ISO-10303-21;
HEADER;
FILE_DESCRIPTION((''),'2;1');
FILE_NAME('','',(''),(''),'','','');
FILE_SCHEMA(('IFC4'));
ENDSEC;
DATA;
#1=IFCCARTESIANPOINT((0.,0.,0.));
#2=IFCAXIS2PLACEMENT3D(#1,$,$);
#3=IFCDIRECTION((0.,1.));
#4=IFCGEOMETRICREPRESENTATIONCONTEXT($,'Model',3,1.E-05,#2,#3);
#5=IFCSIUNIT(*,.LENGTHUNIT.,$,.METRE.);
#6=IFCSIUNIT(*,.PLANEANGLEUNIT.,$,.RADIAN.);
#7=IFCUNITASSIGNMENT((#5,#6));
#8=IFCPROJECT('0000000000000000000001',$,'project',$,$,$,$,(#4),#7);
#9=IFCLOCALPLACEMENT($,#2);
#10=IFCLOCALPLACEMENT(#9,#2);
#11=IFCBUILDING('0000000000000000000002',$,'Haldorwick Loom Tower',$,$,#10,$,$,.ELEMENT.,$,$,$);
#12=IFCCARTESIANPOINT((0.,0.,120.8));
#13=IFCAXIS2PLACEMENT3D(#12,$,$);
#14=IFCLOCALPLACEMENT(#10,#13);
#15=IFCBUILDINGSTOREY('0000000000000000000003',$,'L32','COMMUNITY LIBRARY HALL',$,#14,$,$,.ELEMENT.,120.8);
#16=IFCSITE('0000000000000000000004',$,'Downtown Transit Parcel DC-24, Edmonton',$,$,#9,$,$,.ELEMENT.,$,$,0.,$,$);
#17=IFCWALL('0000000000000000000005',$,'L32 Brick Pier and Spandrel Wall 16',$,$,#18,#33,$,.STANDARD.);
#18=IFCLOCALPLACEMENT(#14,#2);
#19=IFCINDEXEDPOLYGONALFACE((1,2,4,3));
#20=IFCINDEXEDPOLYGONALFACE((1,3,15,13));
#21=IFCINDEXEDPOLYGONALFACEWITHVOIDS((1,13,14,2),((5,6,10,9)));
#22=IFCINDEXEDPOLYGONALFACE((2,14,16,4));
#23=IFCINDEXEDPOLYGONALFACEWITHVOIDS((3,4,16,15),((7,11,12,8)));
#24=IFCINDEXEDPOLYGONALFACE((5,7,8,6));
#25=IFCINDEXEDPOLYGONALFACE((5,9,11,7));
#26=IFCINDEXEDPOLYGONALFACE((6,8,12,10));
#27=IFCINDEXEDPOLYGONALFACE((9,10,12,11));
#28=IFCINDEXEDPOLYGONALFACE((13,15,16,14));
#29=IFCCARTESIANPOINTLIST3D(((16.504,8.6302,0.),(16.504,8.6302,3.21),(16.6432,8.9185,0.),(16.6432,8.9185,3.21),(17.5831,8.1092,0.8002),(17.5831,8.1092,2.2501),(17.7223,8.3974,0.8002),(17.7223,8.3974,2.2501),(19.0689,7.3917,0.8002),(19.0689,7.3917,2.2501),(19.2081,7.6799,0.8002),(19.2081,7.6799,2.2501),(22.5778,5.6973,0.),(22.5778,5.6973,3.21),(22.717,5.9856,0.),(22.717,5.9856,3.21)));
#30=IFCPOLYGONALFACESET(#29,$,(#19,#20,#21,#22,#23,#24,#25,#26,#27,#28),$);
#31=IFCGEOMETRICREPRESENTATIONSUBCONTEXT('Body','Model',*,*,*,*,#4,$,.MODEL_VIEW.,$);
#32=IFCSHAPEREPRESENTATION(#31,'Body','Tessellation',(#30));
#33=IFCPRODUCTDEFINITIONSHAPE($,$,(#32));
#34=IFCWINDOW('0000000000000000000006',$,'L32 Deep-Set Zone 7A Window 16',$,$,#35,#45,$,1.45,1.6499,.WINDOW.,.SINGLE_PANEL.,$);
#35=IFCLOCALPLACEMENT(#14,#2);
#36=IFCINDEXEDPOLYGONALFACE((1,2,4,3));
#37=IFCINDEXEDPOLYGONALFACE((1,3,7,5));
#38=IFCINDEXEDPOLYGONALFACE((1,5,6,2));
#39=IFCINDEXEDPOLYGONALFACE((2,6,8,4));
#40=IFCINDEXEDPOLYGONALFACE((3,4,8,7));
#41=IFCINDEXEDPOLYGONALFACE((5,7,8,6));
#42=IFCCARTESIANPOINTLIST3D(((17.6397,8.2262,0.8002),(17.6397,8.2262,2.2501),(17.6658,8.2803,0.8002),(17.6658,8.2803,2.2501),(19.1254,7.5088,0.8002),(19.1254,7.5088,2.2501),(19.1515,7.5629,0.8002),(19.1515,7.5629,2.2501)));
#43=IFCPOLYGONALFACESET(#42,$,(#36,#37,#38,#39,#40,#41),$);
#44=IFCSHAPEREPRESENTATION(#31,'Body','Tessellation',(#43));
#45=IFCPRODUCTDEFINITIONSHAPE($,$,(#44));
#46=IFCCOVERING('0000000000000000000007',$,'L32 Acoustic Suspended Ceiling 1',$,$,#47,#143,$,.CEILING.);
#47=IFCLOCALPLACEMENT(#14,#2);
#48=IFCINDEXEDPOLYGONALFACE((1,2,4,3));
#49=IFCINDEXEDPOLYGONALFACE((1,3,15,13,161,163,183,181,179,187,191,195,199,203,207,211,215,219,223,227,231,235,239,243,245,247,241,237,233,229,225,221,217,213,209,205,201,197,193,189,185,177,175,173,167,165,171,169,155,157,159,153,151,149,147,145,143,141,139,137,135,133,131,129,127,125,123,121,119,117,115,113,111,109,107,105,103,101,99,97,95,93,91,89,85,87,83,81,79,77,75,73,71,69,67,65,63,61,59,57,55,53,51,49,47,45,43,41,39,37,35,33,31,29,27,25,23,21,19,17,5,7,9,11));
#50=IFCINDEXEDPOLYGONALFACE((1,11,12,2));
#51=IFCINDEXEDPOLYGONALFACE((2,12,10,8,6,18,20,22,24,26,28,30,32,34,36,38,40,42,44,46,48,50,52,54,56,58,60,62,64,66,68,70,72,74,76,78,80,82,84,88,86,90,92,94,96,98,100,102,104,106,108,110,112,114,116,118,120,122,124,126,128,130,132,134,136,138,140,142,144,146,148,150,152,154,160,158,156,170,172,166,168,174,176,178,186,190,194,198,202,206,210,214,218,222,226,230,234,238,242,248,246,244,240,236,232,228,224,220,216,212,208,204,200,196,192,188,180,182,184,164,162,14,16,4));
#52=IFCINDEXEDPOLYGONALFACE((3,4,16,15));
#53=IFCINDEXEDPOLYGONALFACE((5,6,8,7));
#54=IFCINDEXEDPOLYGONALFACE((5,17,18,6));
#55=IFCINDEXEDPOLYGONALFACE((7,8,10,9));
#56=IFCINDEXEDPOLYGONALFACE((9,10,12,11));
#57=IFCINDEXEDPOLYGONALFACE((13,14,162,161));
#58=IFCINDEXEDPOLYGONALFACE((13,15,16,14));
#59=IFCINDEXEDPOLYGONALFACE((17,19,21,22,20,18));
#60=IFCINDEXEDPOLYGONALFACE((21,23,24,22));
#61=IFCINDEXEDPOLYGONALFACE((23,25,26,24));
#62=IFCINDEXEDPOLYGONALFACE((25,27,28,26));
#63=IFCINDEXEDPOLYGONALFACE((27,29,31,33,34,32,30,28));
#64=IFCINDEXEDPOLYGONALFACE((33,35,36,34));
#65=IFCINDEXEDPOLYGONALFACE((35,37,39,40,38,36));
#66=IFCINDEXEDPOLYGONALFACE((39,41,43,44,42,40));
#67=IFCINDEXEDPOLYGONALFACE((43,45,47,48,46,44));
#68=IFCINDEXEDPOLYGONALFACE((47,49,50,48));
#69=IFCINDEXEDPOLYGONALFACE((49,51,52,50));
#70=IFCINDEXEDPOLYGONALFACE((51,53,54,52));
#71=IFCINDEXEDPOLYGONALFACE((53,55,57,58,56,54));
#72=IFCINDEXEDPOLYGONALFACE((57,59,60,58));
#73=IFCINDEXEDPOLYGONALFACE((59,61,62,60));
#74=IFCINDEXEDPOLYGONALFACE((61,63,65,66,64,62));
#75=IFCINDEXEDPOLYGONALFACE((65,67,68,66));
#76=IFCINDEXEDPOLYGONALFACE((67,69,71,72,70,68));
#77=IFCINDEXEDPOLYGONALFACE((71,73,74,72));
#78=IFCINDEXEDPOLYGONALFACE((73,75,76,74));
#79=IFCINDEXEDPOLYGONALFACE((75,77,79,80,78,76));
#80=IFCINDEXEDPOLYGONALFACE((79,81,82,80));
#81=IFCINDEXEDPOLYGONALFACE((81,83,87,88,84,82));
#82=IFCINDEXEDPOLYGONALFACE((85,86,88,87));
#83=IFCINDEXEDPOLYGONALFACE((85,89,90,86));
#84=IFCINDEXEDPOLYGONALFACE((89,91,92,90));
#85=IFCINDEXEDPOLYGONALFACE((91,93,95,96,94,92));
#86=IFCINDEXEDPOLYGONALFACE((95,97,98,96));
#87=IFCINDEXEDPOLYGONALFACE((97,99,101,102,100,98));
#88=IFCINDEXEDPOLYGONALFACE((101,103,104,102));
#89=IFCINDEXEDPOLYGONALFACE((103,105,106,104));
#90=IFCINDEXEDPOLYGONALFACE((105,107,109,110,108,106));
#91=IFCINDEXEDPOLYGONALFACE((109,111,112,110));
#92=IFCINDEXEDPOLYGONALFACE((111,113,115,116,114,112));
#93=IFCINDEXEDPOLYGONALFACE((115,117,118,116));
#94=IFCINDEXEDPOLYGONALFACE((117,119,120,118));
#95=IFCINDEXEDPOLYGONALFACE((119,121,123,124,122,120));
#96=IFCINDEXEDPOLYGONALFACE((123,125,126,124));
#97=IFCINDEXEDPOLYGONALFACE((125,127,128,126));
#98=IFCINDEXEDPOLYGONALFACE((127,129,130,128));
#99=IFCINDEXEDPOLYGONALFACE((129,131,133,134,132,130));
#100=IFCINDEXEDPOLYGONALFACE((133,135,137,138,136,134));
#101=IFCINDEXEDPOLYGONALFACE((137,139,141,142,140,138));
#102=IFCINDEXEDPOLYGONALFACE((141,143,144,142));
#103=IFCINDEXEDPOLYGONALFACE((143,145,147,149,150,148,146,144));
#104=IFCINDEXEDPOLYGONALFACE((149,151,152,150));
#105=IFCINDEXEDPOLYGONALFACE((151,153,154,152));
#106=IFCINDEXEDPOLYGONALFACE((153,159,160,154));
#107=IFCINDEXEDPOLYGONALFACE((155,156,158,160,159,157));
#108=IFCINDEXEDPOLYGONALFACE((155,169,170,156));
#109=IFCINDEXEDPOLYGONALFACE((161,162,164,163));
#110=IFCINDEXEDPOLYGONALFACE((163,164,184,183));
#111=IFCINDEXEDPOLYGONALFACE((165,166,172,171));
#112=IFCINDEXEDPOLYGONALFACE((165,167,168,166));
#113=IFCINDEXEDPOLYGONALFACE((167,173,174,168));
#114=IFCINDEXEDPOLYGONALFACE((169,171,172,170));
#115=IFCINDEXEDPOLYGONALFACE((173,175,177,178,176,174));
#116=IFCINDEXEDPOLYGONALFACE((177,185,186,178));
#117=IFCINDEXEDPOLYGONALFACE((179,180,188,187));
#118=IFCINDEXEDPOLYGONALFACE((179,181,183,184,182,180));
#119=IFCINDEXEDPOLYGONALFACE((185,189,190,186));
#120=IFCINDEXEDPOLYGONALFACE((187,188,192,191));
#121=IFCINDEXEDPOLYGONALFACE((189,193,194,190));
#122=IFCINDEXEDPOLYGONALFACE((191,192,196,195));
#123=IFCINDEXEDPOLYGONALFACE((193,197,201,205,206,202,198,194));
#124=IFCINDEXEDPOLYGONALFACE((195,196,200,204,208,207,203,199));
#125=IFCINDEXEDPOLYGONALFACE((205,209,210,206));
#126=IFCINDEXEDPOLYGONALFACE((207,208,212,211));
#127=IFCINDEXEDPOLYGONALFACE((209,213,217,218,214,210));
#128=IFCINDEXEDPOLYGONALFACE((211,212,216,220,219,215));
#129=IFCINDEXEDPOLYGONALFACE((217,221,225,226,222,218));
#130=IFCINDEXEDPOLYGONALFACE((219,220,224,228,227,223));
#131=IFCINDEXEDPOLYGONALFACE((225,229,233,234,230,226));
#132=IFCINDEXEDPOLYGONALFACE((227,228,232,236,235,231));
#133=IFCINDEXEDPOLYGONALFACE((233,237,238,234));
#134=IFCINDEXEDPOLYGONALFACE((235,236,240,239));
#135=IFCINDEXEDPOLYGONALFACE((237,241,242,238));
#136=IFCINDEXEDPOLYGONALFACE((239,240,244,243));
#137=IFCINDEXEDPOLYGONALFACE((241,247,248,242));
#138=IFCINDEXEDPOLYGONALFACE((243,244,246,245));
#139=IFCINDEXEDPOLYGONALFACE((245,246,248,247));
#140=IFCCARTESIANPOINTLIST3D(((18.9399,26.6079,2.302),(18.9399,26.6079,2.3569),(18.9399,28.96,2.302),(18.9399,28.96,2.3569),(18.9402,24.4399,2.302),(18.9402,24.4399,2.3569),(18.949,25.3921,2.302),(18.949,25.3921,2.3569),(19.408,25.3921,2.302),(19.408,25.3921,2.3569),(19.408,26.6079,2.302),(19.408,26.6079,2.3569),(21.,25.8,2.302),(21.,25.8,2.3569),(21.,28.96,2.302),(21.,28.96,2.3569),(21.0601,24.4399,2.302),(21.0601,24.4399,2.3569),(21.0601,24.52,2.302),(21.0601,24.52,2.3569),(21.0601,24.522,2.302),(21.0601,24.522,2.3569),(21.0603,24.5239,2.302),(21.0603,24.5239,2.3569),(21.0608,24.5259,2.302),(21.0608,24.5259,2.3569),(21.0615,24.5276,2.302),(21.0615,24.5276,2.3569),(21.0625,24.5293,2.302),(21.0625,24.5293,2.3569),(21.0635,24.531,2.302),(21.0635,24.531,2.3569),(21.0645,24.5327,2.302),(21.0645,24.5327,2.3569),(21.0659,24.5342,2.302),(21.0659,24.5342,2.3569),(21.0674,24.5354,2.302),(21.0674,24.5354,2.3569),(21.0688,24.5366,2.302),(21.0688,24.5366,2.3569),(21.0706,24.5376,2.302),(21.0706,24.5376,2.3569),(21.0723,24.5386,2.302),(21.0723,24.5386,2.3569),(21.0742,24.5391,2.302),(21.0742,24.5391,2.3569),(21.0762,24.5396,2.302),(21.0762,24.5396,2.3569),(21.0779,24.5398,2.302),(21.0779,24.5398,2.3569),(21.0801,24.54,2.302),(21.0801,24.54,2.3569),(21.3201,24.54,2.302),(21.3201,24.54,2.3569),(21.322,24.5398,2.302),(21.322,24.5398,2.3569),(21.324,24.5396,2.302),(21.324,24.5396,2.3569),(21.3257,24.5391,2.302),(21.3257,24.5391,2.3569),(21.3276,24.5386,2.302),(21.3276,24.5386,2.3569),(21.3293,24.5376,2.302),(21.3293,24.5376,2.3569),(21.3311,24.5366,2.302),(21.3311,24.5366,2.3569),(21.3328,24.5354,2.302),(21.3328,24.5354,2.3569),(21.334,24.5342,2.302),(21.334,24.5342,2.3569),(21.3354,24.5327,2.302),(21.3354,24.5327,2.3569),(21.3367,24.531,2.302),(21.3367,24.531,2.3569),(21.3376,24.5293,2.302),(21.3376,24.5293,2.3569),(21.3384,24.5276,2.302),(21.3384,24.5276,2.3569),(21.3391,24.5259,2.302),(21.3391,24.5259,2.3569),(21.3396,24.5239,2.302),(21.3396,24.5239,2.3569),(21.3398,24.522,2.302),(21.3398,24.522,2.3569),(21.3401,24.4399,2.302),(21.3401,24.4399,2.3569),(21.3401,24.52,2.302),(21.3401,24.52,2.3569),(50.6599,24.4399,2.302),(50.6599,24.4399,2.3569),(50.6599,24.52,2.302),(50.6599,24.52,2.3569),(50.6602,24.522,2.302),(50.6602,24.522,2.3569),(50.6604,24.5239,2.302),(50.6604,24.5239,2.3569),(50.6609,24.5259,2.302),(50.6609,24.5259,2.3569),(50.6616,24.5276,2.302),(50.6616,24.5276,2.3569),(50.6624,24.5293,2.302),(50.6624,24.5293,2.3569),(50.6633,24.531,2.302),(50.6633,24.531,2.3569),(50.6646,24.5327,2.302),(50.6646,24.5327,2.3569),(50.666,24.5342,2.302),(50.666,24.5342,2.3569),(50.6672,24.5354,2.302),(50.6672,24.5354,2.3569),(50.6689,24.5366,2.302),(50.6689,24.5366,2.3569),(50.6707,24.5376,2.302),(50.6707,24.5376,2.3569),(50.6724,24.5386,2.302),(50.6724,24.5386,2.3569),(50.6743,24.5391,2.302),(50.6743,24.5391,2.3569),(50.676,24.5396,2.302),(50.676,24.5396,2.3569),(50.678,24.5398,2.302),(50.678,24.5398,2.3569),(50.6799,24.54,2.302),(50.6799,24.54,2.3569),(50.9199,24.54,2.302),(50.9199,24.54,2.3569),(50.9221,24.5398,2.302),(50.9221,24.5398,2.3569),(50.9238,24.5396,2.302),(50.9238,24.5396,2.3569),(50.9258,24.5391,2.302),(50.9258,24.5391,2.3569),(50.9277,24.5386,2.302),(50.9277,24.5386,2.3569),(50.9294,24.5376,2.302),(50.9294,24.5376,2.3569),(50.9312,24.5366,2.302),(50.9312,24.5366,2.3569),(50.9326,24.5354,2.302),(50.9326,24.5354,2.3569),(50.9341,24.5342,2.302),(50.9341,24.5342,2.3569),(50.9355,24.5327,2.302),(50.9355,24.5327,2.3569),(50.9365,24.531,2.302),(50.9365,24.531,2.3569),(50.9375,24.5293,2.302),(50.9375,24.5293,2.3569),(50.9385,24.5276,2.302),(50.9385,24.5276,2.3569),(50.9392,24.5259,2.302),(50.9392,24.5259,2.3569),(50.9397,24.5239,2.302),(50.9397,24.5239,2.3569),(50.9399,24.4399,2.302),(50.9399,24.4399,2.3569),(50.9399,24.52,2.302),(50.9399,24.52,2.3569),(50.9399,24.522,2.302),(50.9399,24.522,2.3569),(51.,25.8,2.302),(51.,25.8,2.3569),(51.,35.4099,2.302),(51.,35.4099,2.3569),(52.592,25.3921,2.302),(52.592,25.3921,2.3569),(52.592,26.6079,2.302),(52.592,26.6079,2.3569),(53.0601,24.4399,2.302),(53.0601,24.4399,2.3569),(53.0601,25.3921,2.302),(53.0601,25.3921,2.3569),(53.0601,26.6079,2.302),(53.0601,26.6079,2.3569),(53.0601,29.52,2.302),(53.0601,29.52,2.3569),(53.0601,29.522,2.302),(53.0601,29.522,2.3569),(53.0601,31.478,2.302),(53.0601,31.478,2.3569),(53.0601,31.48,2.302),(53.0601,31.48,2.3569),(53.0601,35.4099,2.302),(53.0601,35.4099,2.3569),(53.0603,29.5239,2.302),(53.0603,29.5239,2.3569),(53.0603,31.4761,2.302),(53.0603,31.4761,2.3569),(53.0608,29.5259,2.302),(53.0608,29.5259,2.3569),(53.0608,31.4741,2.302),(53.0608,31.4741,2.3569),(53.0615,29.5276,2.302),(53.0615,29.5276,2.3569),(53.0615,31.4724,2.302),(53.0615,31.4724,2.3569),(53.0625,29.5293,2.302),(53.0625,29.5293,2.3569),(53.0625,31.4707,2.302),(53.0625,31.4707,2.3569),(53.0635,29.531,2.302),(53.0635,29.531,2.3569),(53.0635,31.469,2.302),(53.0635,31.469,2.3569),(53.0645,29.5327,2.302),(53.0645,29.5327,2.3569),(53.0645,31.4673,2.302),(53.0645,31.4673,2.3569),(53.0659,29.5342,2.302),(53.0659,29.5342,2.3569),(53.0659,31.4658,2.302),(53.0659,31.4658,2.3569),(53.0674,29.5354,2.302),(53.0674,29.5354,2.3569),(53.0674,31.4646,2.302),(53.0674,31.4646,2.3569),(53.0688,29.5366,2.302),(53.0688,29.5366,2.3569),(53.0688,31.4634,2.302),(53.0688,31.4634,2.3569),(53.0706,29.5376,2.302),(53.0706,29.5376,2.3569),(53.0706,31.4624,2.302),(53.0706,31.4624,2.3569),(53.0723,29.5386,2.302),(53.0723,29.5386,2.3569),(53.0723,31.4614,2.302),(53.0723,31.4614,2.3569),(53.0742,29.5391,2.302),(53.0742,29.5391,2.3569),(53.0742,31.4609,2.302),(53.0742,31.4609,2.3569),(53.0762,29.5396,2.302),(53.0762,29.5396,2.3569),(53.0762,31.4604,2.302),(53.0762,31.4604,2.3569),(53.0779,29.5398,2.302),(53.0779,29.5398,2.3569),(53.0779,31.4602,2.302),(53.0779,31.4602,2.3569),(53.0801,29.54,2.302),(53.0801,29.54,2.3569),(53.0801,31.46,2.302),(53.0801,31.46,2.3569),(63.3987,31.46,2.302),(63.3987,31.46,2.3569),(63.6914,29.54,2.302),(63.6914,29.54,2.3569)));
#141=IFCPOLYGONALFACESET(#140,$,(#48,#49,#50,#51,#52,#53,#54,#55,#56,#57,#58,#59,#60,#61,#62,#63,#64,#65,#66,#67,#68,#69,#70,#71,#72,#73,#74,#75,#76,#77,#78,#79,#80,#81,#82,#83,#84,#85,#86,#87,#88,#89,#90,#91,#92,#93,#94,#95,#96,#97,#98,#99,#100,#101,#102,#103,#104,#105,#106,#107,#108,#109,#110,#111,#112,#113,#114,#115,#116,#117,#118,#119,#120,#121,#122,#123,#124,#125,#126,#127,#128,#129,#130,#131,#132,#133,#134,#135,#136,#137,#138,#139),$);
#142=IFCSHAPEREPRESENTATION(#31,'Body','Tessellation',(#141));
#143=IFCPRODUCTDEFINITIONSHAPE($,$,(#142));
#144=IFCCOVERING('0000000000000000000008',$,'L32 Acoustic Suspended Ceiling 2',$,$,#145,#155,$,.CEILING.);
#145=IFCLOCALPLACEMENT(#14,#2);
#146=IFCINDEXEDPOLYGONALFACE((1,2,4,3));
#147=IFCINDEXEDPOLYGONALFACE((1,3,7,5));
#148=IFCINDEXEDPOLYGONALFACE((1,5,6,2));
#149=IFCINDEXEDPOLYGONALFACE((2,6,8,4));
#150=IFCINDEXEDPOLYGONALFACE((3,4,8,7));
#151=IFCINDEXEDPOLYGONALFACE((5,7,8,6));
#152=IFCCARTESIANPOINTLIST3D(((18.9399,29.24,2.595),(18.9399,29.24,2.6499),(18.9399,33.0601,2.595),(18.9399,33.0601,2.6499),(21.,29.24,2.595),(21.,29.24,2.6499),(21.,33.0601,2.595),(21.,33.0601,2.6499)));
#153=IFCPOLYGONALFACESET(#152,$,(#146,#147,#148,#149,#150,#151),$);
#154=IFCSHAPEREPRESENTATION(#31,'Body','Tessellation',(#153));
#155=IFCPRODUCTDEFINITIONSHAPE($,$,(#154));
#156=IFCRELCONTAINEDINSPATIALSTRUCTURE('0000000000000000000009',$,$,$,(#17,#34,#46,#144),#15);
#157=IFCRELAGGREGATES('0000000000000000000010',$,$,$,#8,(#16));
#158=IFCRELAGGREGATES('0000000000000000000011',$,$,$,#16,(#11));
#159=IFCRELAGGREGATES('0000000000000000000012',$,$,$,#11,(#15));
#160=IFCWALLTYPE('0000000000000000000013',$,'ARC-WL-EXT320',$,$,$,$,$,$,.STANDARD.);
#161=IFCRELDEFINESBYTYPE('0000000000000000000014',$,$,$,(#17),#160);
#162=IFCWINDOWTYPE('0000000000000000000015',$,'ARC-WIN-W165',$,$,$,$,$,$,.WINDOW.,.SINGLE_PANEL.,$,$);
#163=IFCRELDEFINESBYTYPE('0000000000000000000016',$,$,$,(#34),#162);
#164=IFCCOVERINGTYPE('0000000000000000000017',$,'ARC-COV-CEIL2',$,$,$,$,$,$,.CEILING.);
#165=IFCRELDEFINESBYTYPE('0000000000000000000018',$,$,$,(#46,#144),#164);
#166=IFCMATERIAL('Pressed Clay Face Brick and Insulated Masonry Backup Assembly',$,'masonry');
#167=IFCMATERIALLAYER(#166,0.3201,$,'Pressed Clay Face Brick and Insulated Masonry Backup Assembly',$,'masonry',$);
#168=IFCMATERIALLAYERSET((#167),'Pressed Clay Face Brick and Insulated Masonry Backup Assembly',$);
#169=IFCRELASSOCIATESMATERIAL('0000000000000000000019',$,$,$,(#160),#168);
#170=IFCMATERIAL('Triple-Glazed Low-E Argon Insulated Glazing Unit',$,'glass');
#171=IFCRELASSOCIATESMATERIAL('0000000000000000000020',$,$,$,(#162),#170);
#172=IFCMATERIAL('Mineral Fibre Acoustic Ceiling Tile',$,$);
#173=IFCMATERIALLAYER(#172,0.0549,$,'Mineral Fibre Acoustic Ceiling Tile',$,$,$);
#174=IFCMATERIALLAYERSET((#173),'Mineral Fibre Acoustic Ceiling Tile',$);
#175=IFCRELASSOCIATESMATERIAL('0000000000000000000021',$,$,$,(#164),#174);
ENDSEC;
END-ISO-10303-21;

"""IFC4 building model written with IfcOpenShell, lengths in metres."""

from ifc_helpers import new_model, si_unit, direction, frame, frame_2d, origin, place, context, subcontext, project, spatial, polyline, rectangle, outline, extrude, material, layer, layer_set, type_object, element, fill, save


model = new_model("IFC4")

# Units and contexts
model_context = context("Model", 3, precision=1e-05, world=origin(), true_north=direction((0.0, 1.0)))
body_context = subcontext(model_context, "Body", "Model", "MODEL_VIEW")
ifc_project = project(units=[si_unit("LENGTHUNIT", "METRE"), si_unit("PLANEANGLEUNIT", "RADIAN")], contexts=[model_context])

# Site, building, storey
site_placement = place(None, origin())
site = spatial("IfcSite", under=ifc_project, at=site_placement, Name="Downtown Transit Parcel DC-24, Edmonton", CompositionType="ELEMENT", RefElevation=0.0)
building_placement = place(site_placement, origin())
building = spatial("IfcBuilding", under=site, at=building_placement, Name="Haldorwick Loom Tower", CompositionType="ELEMENT")
storey_placement = place(building_placement, frame((0.0, 0.0, 120.8)))
storey = spatial("IfcBuildingStorey", under=building, at=storey_placement, Name="L32", Description="COMMUNITY LIBRARY HALL", CompositionType="ELEMENT", Elevation=120.8)

# Shared definitions
ifc_material_1 = material(Name="Pressed Clay Face Brick and Insulated Masonry Backup Assembly", Category="masonry")
ifc_layer_1 = layer(ifc_material_1, 0.3201, Name="Pressed Clay Face Brick and Insulated Masonry Backup Assembly", Category="masonry")
ifc_layer_set_1 = layer_set([ifc_layer_1], Name="Pressed Clay Face Brick and Insulated Masonry Backup Assembly")
wall_type = type_object("IfcWallType", Name="ARC-WL-EXT320", PredefinedType="STANDARD", material=ifc_layer_set_1)

# Wall, opening, window
wall_1_placement = place(storey_placement, frame((16.5735, 8.7744, 0.0), z_axis=(0.0, 0.0, 1.0), x_axis=(0.90051, -0.434835, 0.0)))
wall_1 = element("IfcWall", 1, at=wall_1_placement, inside=storey, type_object=wall_type, Name="L32 Brick Pier and Spandrel Wall 16", PredefinedType="STANDARD", context=body_context, shape_type="SweptSolid", body=[
    extrude(rectangle(XDim=6.7449, YDim=0.3201, at=frame_2d((3.3726, 0.0))), origin(), (0.0, 0.0, 1.0), 3.21),
])
opening_1_placement = place(wall_1_placement, frame((1.1985, 0.0, 0.8)))
opening_1 = element("IfcOpeningElement", 2, at=opening_1_placement, cuts=wall_1, PredefinedType="OPENING", context=body_context, shape_type="SweptSolid", body=[
    extrude(rectangle(XDim=1.6499, YDim=1.45, at=frame_2d((0.825, 0.7251))), frame((0.0, 0.1699, 0.0), z_axis=(0.0, -1.0, 0.0), x_axis=(1.0, 0.0, 0.0)), (0.0, 0.0, 1.0), 0.3401),
])
ifc_material_2 = material(Name="Triple-Glazed Low-E Argon Insulated Glazing Unit", Category="glass")
window_type = type_object("IfcWindowType", Name="ARC-WIN-W165", PartitioningType="SINGLE_PANEL", PredefinedType="WINDOW", material=ifc_material_2)
window_placement = place(opening_1_placement, origin())
window = element("IfcWindow", 3, at=window_placement, inside=storey, type_object=window_type, Name="L32 Deep-Set Zone 7A Window 16", OverallHeight=1.45, OverallWidth=1.6499, PartitioningType="SINGLE_PANEL", PredefinedType="WINDOW", context=body_context, shape_type="SweptSolid", body=[
    extrude(rectangle(XDim=1.6499, YDim=1.45, at=frame_2d((0.825, 0.7251))), frame((0.0, 0.03, 0.0), z_axis=(0.0, -1.0, 0.0), x_axis=(1.0, 0.0, 0.0)), (0.0, 0.0, 1.0), 0.0601),
])
fill(opening_1, window)

# Coverings
ifc_material_3 = material(Name="Mineral Fibre Acoustic Ceiling Tile")
ifc_layer_2 = layer(ifc_material_3, 0.0549, Name="Mineral Fibre Acoustic Ceiling Tile")
ifc_layer_set_2 = layer_set([ifc_layer_2], Name="Mineral Fibre Acoustic Ceiling Tile")
covering_type_1 = type_object("IfcCoveringType", Name="ARC-COV-CEIL2", PredefinedType="CEILING", material=ifc_layer_set_2)
covering_1_placement = place(storey_placement, frame((0.0, 0.0, 2.302)))
element("IfcCovering", 4, at=covering_1_placement, inside=storey, type_object=covering_type_1, Name="L32 Acoustic Suspended Ceiling 1", PredefinedType="CEILING", context=body_context, shape_type="SweptSolid", body=[
    extrude(outline(polyline([(18.9399, 26.6079), (19.408, 26.6079), (19.408, 25.3921), (18.949, 25.3921), (18.9402, 24.4399), (21.0601, 24.4399), (21.0601, 24.52), (21.0601, 24.522), (21.0603, 24.5239), (21.0608, 24.5259), (21.0615, 24.5276), (21.0625, 24.5293), (21.0635, 24.531), (21.0645, 24.5327), (21.0659, 24.5342), (21.0674, 24.5354), (21.0688, 24.5366), (21.0706, 24.5376), (21.0723, 24.5386), (21.0742, 24.5391), (21.0762, 24.5396), (21.0779, 24.5398), (21.0801, 24.54), (21.3201, 24.54), (21.322, 24.5398), (21.324, 24.5396), (21.3257, 24.5391), (21.3276, 24.5386), (21.3293, 24.5376), (21.3311, 24.5366), (21.3328, 24.5354), (21.334, 24.5342), (21.3354, 24.5327), (21.3367, 24.531), (21.3376, 24.5293), (21.3384, 24.5276), (21.3391, 24.5259), (21.3396, 24.5239), (21.3398, 24.522), (21.3401, 24.52), (21.3401, 24.4399), (50.6599, 24.4399), (50.6599, 24.52), (50.6602, 24.522), (50.6604, 24.5239), (50.6609, 24.5259), (50.6616, 24.5276), (50.6624, 24.5293), (50.6633, 24.531), (50.6646, 24.5327), (50.666, 24.5342), (50.6672, 24.5354), (50.6689, 24.5366), (50.6707, 24.5376), (50.6724, 24.5386), (50.6743, 24.5391), (50.676, 24.5396), (50.678, 24.5398), (50.6799, 24.54), (50.9199, 24.54), (50.9221, 24.5398), (50.9238, 24.5396), (50.9258, 24.5391), (50.9277, 24.5386), (50.9294, 24.5376), (50.9312, 24.5366), (50.9326, 24.5354), (50.9341, 24.5342), (50.9355, 24.5327), (50.9365, 24.531), (50.9375, 24.5293), (50.9385, 24.5276), (50.9392, 24.5259), (50.9397, 24.5239), (50.9399, 24.522), (50.9399, 24.52), (50.9399, 24.4399), (53.0601, 24.4399), (53.0601, 25.3921), (52.592, 25.3921), (52.592, 26.6079), (53.0601, 26.6079), (53.0601, 29.52), (53.0601, 29.522), (53.0603, 29.5239), (53.0608, 29.5259), (53.0615, 29.5276), (53.0625, 29.5293), (53.0635, 29.531), (53.0645, 29.5327), (53.0659, 29.5342), (53.0674, 29.5354), (53.0688, 29.5366), (53.0706, 29.5376), (53.0723, 29.5386), (53.0742, 29.5391), (53.0762, 29.5396), (53.0779, 29.5398), (53.0801, 29.54), (63.6914, 29.54), (63.3987, 31.46), (53.0801, 31.46), (53.0779, 31.4602), (53.0762, 31.4604), (53.0742, 31.4609), (53.0723, 31.4614), (53.0706, 31.4624), (53.0688, 31.4634), (53.0674, 31.4646), (53.0659, 31.4658), (53.0645, 31.4673), (53.0635, 31.469), (53.0625, 31.4707), (53.0615, 31.4724), (53.0608, 31.4741), (53.0603, 31.4761), (53.0601, 31.478), (53.0601, 31.48), (53.0601, 35.4099), (51.0, 35.4099), (51.0, 25.8), (21.0, 25.8), (21.0, 28.96), (18.9399, 28.96), (18.9399, 26.6079)])), origin(), (0.0, 0.0, 1.0), 0.0549),
])
covering_2_placement = place(storey_placement, frame((0.0, 0.0, 2.595)))
element("IfcCovering", 5, at=covering_2_placement, inside=storey, type_object=covering_type_1, Name="L32 Acoustic Suspended Ceiling 2", PredefinedType="CEILING", context=body_context, shape_type="SweptSolid", body=[
    extrude(outline(polyline([(21.0, 29.24), (21.0, 33.0601), (18.9399, 33.0601), (18.9399, 29.24), (21.0, 29.24)])), origin(), (0.0, 0.0, 1.0), 0.0549),
])

save(model, "model.ifc")
